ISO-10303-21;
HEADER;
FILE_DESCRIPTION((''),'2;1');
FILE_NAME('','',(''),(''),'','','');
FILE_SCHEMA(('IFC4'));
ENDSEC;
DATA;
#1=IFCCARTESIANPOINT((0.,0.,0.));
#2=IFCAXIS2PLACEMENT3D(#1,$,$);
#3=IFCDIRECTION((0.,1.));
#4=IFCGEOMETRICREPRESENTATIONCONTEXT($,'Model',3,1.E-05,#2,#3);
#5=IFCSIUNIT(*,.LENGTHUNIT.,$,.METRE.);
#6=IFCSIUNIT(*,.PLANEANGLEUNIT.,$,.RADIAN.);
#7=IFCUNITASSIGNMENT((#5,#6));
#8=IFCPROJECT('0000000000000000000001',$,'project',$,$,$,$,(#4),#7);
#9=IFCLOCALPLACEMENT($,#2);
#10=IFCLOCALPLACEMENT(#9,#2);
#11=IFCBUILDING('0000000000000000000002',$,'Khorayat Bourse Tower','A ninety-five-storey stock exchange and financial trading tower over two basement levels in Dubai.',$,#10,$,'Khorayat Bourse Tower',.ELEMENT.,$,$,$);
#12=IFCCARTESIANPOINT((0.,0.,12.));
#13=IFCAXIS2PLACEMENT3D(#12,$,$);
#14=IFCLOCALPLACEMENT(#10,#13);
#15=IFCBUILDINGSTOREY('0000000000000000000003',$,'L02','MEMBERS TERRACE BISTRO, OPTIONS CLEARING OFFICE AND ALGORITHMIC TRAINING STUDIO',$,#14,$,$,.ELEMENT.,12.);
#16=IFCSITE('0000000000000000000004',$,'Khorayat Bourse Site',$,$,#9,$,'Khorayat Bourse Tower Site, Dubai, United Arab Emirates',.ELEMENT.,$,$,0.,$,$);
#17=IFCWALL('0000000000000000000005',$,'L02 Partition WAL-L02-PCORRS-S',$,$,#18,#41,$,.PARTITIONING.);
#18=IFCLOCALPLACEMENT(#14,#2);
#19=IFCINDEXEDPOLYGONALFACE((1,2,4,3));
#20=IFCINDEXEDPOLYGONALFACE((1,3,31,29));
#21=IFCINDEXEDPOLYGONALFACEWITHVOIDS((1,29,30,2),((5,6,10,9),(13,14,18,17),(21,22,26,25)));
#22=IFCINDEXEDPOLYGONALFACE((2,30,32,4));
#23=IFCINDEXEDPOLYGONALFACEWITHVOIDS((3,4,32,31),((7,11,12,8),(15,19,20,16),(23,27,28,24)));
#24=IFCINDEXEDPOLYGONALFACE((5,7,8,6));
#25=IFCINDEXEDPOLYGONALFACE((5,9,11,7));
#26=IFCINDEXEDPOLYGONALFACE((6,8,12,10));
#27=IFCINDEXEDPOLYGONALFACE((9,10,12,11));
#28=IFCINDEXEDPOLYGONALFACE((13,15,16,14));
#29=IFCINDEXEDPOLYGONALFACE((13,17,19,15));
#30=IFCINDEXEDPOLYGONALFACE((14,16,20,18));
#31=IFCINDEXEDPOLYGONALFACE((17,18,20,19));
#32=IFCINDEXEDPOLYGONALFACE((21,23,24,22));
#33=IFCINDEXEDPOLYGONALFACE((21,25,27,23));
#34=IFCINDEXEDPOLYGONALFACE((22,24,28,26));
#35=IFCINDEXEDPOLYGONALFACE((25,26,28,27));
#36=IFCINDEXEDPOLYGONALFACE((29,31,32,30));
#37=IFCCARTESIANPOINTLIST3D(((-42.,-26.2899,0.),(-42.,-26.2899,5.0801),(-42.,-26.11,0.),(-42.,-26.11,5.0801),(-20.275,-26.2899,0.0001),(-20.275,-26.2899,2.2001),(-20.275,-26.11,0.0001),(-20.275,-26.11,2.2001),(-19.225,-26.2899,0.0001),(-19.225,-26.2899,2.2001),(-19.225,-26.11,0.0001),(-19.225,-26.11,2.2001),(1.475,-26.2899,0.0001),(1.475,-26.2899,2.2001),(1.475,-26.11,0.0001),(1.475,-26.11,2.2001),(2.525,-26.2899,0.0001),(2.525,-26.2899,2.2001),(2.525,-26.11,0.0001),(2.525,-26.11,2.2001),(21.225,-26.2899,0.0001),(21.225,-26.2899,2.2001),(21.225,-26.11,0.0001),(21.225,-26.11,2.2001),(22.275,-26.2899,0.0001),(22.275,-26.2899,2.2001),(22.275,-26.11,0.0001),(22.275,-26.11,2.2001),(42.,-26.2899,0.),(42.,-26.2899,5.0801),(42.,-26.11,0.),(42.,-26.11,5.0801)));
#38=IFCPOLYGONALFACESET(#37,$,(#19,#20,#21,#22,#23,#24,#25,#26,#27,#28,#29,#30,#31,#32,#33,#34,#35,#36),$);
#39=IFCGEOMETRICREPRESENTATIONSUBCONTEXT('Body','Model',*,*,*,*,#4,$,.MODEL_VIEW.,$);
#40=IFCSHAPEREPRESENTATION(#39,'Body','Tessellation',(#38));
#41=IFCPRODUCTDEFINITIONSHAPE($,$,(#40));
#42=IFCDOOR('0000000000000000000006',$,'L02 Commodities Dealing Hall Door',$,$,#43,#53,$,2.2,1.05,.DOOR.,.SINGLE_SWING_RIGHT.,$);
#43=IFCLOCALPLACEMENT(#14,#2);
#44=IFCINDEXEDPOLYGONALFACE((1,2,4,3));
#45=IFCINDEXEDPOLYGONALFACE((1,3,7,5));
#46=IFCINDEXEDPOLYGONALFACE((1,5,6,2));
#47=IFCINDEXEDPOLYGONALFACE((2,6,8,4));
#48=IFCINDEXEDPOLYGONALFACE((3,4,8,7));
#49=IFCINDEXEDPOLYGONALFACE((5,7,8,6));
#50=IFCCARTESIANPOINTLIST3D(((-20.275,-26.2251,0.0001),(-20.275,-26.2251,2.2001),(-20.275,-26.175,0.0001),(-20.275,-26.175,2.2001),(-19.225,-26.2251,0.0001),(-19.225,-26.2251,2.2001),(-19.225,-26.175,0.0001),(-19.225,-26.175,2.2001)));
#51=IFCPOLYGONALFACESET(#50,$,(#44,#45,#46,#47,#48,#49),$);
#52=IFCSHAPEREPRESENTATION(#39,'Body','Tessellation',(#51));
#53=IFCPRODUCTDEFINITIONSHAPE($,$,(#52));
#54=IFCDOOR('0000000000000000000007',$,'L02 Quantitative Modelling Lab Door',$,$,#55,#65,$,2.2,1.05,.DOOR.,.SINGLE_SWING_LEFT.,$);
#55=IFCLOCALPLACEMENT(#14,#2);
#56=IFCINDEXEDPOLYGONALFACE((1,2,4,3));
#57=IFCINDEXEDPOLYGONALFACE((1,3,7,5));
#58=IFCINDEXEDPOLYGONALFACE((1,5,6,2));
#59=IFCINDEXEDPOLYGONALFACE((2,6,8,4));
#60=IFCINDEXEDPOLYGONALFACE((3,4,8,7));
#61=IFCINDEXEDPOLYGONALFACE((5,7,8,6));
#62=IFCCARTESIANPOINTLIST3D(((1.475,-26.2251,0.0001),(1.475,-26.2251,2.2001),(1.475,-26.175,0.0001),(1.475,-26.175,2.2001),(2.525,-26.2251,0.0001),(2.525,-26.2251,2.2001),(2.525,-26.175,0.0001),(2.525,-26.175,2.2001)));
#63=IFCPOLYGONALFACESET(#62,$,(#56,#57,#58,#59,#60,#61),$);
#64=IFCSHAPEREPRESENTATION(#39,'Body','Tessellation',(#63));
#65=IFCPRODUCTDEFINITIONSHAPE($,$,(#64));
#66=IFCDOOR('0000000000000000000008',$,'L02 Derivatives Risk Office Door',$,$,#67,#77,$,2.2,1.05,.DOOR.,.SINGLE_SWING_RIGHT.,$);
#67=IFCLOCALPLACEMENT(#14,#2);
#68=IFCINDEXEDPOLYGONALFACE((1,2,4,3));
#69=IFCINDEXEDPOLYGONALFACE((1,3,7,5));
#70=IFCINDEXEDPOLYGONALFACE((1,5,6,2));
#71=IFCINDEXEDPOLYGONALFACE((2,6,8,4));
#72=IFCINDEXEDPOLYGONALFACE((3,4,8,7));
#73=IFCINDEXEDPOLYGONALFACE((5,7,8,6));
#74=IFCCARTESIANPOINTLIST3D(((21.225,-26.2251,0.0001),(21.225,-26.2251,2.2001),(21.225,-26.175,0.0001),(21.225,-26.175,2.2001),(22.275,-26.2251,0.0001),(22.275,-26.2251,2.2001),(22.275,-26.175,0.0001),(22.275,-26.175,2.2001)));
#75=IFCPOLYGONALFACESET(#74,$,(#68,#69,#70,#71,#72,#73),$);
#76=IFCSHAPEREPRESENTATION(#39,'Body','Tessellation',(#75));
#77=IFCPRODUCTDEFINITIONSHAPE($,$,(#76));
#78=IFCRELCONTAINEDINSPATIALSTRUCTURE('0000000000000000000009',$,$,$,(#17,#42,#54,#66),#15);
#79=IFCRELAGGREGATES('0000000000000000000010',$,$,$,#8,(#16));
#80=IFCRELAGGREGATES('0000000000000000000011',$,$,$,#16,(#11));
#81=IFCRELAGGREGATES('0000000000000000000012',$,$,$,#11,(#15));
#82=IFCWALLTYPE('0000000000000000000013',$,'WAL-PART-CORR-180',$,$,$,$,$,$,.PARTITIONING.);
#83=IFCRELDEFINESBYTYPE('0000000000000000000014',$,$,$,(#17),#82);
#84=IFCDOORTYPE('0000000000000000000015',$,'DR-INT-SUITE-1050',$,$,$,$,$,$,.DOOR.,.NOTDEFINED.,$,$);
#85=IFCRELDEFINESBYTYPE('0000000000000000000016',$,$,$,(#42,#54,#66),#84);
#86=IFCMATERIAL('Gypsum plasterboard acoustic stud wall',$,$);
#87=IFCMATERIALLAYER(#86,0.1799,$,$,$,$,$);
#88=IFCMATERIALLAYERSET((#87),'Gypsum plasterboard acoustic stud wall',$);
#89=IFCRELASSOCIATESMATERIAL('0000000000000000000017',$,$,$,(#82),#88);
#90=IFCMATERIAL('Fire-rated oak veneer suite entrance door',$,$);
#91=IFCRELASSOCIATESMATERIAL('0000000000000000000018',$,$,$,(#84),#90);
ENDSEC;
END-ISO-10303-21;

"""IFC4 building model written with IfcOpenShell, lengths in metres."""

from ifc_helpers import new_model, si_unit, direction, frame, frame_2d, origin, place, context, subcontext, project, spatial, rectangle, extrude, source, transform, mapped, material, layer, layer_set, type_object, element, fill, save


model = new_model("IFC4")

# Units and contexts
model_context = context("Model", 3, precision=1e-05, world=origin(), true_north=direction((0.0, 1.0)))
body_context = subcontext(model_context, "Body", "Model", "MODEL_VIEW")
ifc_project = project(units=[si_unit("LENGTHUNIT", "METRE"), si_unit("PLANEANGLEUNIT", "RADIAN")], contexts=[model_context])

# Site, building, storey
site_placement = place(None, origin())
site = spatial("IfcSite", under=ifc_project, at=site_placement, Name="Khorayat Bourse Site", LongName="Khorayat Bourse Tower Site, Dubai, United Arab Emirates", CompositionType="ELEMENT", RefElevation=0.0)
building_placement = place(site_placement, origin())
building = spatial("IfcBuilding", under=site, at=building_placement, Name="Khorayat Bourse Tower", Description="A ninety-five-storey stock exchange and financial trading tower over two basement levels in Dubai.", LongName="Khorayat Bourse Tower", CompositionType="ELEMENT")
storey_placement = place(building_placement, frame((0.0, 0.0, 12.0)))
storey = spatial("IfcBuildingStorey", under=building, at=storey_placement, Name="L02", Description="MEMBERS TERRACE BISTRO, OPTIONS CLEARING OFFICE AND ALGORITHMIC TRAINING STUDIO", CompositionType="ELEMENT", Elevation=12.0)

# Wall, openings, doors
ifc_material_1 = material(Name="Gypsum plasterboard acoustic stud wall")
ifc_layer_1 = layer(ifc_material_1, 0.1799)
ifc_layer_set_1 = layer_set([ifc_layer_1], Name="Gypsum plasterboard acoustic stud wall")
wall_type_1 = type_object("IfcWallType", Name="WAL-PART-CORR-180", PredefinedType="PARTITIONING", material=ifc_layer_set_1)
shared_shape_1 = source(origin(), body_context, "Body", "SweptSolid", [
    extrude(rectangle(XDim=84.0, YDim=0.1799, at=frame_2d((42.0, 0.0))), origin(), (0.0, 0.0, 1.0), 5.0801),
])
wall_1_placement = place(storey_placement, frame((-42.0, -26.2, 0.0), z_axis=(0.0, 0.0, 1.0), x_axis=(1.0, 0.0, 0.0)))
wall_1 = element("IfcWall", 1, at=wall_1_placement, inside=storey, type_object=wall_type_1, Name="L02 Partition WAL-L02-PCORRS-S", PredefinedType="PARTITIONING", context=body_context, shape_type="MappedRepresentation", body=[
    mapped(shared_shape_1, transform((0.0, 0.0, 0.0), scale=1.0)),
])
shared_shape_2 = source(origin(), body_context, "Body", "SweptSolid", [
    extrude(rectangle(XDim=1.05, YDim=2.2, at=frame_2d((0.5249, 1.1001))), frame((0.0, 0.0999, 0.0), z_axis=(0.0, -1.0, 0.0), x_axis=(1.0, 0.0, 0.0)), (0.0, 0.0, 1.0), 0.2),
])
opening_1_placement = place(wall_1_placement, frame((21.7251, 0.0, 0.0)))
opening_1 = element("IfcOpeningElement", 2, at=opening_1_placement, cuts=wall_1, PredefinedType="OPENING", context=body_context, shape_type="MappedRepresentation", body=[
    mapped(shared_shape_2, transform((0.0, 0.0, 0.0), scale=1.0)),
])
opening_2_placement = place(wall_1_placement, frame((43.4751, 0.0, 0.0)))
opening_2 = element("IfcOpeningElement", 3, at=opening_2_placement, cuts=wall_1, PredefinedType="OPENING", context=body_context, shape_type="MappedRepresentation", body=[
    mapped(shared_shape_2, transform((0.0, 0.0, 0.0), scale=1.0)),
])
opening_3_placement = place(wall_1_placement, frame((63.2251, 0.0, 0.0)))
opening_3 = element("IfcOpeningElement", 4, at=opening_3_placement, cuts=wall_1, PredefinedType="OPENING", context=body_context, shape_type="MappedRepresentation", body=[
    mapped(shared_shape_2, transform((0.0, 0.0, 0.0), scale=1.0)),
])
ifc_material_2 = material(Name="Fire-rated oak veneer suite entrance door")
door_type_1 = type_object("IfcDoorType", Name="DR-INT-SUITE-1050", OperationType="NOTDEFINED", PredefinedType="DOOR", material=ifc_material_2)
shared_shape_3 = source(origin(), body_context, "Body", "SweptSolid", [
    extrude(rectangle(XDim=1.05, YDim=2.2, at=frame_2d((0.5249, 1.1001))), frame((0.0, 0.0249, 0.0), z_axis=(0.0, -1.0, 0.0), x_axis=(1.0, 0.0, 0.0)), (0.0, 0.0, 1.0), 0.05),
])
door_1_placement = place(opening_1_placement, origin())
door_1 = element("IfcDoor", 5, at=door_1_placement, inside=storey, type_object=door_type_1, Name="L02 Commodities Dealing Hall Door", OperationType="SINGLE_SWING_RIGHT", OverallHeight=2.2, OverallWidth=1.05, PredefinedType="DOOR", context=body_context, shape_type="MappedRepresentation", body=[
    mapped(shared_shape_3, transform((0.0, 0.0, 0.0), scale=1.0)),
])
fill(opening_1, door_1)
door_2_placement = place(opening_2_placement, origin())
door_2 = element("IfcDoor", 6, at=door_2_placement, inside=storey, type_object=door_type_1, Name="L02 Quantitative Modelling Lab Door", OperationType="SINGLE_SWING_LEFT", OverallHeight=2.2, OverallWidth=1.05, PredefinedType="DOOR", context=body_context, shape_type="MappedRepresentation", body=[
    mapped(shared_shape_3, transform((0.0, 0.0, 0.0), scale=1.0)),
])
fill(opening_2, door_2)
door_3_placement = place(opening_3_placement, origin())
door_3 = element("IfcDoor", 7, at=door_3_placement, inside=storey, type_object=door_type_1, Name="L02 Derivatives Risk Office Door", OperationType="SINGLE_SWING_RIGHT", OverallHeight=2.2, OverallWidth=1.05, PredefinedType="DOOR", context=body_context, shape_type="MappedRepresentation", body=[
    mapped(shared_shape_3, transform((0.0, 0.0, 0.0), scale=1.0)),
])
fill(opening_3, door_3)

save(model, "model.ifc")
